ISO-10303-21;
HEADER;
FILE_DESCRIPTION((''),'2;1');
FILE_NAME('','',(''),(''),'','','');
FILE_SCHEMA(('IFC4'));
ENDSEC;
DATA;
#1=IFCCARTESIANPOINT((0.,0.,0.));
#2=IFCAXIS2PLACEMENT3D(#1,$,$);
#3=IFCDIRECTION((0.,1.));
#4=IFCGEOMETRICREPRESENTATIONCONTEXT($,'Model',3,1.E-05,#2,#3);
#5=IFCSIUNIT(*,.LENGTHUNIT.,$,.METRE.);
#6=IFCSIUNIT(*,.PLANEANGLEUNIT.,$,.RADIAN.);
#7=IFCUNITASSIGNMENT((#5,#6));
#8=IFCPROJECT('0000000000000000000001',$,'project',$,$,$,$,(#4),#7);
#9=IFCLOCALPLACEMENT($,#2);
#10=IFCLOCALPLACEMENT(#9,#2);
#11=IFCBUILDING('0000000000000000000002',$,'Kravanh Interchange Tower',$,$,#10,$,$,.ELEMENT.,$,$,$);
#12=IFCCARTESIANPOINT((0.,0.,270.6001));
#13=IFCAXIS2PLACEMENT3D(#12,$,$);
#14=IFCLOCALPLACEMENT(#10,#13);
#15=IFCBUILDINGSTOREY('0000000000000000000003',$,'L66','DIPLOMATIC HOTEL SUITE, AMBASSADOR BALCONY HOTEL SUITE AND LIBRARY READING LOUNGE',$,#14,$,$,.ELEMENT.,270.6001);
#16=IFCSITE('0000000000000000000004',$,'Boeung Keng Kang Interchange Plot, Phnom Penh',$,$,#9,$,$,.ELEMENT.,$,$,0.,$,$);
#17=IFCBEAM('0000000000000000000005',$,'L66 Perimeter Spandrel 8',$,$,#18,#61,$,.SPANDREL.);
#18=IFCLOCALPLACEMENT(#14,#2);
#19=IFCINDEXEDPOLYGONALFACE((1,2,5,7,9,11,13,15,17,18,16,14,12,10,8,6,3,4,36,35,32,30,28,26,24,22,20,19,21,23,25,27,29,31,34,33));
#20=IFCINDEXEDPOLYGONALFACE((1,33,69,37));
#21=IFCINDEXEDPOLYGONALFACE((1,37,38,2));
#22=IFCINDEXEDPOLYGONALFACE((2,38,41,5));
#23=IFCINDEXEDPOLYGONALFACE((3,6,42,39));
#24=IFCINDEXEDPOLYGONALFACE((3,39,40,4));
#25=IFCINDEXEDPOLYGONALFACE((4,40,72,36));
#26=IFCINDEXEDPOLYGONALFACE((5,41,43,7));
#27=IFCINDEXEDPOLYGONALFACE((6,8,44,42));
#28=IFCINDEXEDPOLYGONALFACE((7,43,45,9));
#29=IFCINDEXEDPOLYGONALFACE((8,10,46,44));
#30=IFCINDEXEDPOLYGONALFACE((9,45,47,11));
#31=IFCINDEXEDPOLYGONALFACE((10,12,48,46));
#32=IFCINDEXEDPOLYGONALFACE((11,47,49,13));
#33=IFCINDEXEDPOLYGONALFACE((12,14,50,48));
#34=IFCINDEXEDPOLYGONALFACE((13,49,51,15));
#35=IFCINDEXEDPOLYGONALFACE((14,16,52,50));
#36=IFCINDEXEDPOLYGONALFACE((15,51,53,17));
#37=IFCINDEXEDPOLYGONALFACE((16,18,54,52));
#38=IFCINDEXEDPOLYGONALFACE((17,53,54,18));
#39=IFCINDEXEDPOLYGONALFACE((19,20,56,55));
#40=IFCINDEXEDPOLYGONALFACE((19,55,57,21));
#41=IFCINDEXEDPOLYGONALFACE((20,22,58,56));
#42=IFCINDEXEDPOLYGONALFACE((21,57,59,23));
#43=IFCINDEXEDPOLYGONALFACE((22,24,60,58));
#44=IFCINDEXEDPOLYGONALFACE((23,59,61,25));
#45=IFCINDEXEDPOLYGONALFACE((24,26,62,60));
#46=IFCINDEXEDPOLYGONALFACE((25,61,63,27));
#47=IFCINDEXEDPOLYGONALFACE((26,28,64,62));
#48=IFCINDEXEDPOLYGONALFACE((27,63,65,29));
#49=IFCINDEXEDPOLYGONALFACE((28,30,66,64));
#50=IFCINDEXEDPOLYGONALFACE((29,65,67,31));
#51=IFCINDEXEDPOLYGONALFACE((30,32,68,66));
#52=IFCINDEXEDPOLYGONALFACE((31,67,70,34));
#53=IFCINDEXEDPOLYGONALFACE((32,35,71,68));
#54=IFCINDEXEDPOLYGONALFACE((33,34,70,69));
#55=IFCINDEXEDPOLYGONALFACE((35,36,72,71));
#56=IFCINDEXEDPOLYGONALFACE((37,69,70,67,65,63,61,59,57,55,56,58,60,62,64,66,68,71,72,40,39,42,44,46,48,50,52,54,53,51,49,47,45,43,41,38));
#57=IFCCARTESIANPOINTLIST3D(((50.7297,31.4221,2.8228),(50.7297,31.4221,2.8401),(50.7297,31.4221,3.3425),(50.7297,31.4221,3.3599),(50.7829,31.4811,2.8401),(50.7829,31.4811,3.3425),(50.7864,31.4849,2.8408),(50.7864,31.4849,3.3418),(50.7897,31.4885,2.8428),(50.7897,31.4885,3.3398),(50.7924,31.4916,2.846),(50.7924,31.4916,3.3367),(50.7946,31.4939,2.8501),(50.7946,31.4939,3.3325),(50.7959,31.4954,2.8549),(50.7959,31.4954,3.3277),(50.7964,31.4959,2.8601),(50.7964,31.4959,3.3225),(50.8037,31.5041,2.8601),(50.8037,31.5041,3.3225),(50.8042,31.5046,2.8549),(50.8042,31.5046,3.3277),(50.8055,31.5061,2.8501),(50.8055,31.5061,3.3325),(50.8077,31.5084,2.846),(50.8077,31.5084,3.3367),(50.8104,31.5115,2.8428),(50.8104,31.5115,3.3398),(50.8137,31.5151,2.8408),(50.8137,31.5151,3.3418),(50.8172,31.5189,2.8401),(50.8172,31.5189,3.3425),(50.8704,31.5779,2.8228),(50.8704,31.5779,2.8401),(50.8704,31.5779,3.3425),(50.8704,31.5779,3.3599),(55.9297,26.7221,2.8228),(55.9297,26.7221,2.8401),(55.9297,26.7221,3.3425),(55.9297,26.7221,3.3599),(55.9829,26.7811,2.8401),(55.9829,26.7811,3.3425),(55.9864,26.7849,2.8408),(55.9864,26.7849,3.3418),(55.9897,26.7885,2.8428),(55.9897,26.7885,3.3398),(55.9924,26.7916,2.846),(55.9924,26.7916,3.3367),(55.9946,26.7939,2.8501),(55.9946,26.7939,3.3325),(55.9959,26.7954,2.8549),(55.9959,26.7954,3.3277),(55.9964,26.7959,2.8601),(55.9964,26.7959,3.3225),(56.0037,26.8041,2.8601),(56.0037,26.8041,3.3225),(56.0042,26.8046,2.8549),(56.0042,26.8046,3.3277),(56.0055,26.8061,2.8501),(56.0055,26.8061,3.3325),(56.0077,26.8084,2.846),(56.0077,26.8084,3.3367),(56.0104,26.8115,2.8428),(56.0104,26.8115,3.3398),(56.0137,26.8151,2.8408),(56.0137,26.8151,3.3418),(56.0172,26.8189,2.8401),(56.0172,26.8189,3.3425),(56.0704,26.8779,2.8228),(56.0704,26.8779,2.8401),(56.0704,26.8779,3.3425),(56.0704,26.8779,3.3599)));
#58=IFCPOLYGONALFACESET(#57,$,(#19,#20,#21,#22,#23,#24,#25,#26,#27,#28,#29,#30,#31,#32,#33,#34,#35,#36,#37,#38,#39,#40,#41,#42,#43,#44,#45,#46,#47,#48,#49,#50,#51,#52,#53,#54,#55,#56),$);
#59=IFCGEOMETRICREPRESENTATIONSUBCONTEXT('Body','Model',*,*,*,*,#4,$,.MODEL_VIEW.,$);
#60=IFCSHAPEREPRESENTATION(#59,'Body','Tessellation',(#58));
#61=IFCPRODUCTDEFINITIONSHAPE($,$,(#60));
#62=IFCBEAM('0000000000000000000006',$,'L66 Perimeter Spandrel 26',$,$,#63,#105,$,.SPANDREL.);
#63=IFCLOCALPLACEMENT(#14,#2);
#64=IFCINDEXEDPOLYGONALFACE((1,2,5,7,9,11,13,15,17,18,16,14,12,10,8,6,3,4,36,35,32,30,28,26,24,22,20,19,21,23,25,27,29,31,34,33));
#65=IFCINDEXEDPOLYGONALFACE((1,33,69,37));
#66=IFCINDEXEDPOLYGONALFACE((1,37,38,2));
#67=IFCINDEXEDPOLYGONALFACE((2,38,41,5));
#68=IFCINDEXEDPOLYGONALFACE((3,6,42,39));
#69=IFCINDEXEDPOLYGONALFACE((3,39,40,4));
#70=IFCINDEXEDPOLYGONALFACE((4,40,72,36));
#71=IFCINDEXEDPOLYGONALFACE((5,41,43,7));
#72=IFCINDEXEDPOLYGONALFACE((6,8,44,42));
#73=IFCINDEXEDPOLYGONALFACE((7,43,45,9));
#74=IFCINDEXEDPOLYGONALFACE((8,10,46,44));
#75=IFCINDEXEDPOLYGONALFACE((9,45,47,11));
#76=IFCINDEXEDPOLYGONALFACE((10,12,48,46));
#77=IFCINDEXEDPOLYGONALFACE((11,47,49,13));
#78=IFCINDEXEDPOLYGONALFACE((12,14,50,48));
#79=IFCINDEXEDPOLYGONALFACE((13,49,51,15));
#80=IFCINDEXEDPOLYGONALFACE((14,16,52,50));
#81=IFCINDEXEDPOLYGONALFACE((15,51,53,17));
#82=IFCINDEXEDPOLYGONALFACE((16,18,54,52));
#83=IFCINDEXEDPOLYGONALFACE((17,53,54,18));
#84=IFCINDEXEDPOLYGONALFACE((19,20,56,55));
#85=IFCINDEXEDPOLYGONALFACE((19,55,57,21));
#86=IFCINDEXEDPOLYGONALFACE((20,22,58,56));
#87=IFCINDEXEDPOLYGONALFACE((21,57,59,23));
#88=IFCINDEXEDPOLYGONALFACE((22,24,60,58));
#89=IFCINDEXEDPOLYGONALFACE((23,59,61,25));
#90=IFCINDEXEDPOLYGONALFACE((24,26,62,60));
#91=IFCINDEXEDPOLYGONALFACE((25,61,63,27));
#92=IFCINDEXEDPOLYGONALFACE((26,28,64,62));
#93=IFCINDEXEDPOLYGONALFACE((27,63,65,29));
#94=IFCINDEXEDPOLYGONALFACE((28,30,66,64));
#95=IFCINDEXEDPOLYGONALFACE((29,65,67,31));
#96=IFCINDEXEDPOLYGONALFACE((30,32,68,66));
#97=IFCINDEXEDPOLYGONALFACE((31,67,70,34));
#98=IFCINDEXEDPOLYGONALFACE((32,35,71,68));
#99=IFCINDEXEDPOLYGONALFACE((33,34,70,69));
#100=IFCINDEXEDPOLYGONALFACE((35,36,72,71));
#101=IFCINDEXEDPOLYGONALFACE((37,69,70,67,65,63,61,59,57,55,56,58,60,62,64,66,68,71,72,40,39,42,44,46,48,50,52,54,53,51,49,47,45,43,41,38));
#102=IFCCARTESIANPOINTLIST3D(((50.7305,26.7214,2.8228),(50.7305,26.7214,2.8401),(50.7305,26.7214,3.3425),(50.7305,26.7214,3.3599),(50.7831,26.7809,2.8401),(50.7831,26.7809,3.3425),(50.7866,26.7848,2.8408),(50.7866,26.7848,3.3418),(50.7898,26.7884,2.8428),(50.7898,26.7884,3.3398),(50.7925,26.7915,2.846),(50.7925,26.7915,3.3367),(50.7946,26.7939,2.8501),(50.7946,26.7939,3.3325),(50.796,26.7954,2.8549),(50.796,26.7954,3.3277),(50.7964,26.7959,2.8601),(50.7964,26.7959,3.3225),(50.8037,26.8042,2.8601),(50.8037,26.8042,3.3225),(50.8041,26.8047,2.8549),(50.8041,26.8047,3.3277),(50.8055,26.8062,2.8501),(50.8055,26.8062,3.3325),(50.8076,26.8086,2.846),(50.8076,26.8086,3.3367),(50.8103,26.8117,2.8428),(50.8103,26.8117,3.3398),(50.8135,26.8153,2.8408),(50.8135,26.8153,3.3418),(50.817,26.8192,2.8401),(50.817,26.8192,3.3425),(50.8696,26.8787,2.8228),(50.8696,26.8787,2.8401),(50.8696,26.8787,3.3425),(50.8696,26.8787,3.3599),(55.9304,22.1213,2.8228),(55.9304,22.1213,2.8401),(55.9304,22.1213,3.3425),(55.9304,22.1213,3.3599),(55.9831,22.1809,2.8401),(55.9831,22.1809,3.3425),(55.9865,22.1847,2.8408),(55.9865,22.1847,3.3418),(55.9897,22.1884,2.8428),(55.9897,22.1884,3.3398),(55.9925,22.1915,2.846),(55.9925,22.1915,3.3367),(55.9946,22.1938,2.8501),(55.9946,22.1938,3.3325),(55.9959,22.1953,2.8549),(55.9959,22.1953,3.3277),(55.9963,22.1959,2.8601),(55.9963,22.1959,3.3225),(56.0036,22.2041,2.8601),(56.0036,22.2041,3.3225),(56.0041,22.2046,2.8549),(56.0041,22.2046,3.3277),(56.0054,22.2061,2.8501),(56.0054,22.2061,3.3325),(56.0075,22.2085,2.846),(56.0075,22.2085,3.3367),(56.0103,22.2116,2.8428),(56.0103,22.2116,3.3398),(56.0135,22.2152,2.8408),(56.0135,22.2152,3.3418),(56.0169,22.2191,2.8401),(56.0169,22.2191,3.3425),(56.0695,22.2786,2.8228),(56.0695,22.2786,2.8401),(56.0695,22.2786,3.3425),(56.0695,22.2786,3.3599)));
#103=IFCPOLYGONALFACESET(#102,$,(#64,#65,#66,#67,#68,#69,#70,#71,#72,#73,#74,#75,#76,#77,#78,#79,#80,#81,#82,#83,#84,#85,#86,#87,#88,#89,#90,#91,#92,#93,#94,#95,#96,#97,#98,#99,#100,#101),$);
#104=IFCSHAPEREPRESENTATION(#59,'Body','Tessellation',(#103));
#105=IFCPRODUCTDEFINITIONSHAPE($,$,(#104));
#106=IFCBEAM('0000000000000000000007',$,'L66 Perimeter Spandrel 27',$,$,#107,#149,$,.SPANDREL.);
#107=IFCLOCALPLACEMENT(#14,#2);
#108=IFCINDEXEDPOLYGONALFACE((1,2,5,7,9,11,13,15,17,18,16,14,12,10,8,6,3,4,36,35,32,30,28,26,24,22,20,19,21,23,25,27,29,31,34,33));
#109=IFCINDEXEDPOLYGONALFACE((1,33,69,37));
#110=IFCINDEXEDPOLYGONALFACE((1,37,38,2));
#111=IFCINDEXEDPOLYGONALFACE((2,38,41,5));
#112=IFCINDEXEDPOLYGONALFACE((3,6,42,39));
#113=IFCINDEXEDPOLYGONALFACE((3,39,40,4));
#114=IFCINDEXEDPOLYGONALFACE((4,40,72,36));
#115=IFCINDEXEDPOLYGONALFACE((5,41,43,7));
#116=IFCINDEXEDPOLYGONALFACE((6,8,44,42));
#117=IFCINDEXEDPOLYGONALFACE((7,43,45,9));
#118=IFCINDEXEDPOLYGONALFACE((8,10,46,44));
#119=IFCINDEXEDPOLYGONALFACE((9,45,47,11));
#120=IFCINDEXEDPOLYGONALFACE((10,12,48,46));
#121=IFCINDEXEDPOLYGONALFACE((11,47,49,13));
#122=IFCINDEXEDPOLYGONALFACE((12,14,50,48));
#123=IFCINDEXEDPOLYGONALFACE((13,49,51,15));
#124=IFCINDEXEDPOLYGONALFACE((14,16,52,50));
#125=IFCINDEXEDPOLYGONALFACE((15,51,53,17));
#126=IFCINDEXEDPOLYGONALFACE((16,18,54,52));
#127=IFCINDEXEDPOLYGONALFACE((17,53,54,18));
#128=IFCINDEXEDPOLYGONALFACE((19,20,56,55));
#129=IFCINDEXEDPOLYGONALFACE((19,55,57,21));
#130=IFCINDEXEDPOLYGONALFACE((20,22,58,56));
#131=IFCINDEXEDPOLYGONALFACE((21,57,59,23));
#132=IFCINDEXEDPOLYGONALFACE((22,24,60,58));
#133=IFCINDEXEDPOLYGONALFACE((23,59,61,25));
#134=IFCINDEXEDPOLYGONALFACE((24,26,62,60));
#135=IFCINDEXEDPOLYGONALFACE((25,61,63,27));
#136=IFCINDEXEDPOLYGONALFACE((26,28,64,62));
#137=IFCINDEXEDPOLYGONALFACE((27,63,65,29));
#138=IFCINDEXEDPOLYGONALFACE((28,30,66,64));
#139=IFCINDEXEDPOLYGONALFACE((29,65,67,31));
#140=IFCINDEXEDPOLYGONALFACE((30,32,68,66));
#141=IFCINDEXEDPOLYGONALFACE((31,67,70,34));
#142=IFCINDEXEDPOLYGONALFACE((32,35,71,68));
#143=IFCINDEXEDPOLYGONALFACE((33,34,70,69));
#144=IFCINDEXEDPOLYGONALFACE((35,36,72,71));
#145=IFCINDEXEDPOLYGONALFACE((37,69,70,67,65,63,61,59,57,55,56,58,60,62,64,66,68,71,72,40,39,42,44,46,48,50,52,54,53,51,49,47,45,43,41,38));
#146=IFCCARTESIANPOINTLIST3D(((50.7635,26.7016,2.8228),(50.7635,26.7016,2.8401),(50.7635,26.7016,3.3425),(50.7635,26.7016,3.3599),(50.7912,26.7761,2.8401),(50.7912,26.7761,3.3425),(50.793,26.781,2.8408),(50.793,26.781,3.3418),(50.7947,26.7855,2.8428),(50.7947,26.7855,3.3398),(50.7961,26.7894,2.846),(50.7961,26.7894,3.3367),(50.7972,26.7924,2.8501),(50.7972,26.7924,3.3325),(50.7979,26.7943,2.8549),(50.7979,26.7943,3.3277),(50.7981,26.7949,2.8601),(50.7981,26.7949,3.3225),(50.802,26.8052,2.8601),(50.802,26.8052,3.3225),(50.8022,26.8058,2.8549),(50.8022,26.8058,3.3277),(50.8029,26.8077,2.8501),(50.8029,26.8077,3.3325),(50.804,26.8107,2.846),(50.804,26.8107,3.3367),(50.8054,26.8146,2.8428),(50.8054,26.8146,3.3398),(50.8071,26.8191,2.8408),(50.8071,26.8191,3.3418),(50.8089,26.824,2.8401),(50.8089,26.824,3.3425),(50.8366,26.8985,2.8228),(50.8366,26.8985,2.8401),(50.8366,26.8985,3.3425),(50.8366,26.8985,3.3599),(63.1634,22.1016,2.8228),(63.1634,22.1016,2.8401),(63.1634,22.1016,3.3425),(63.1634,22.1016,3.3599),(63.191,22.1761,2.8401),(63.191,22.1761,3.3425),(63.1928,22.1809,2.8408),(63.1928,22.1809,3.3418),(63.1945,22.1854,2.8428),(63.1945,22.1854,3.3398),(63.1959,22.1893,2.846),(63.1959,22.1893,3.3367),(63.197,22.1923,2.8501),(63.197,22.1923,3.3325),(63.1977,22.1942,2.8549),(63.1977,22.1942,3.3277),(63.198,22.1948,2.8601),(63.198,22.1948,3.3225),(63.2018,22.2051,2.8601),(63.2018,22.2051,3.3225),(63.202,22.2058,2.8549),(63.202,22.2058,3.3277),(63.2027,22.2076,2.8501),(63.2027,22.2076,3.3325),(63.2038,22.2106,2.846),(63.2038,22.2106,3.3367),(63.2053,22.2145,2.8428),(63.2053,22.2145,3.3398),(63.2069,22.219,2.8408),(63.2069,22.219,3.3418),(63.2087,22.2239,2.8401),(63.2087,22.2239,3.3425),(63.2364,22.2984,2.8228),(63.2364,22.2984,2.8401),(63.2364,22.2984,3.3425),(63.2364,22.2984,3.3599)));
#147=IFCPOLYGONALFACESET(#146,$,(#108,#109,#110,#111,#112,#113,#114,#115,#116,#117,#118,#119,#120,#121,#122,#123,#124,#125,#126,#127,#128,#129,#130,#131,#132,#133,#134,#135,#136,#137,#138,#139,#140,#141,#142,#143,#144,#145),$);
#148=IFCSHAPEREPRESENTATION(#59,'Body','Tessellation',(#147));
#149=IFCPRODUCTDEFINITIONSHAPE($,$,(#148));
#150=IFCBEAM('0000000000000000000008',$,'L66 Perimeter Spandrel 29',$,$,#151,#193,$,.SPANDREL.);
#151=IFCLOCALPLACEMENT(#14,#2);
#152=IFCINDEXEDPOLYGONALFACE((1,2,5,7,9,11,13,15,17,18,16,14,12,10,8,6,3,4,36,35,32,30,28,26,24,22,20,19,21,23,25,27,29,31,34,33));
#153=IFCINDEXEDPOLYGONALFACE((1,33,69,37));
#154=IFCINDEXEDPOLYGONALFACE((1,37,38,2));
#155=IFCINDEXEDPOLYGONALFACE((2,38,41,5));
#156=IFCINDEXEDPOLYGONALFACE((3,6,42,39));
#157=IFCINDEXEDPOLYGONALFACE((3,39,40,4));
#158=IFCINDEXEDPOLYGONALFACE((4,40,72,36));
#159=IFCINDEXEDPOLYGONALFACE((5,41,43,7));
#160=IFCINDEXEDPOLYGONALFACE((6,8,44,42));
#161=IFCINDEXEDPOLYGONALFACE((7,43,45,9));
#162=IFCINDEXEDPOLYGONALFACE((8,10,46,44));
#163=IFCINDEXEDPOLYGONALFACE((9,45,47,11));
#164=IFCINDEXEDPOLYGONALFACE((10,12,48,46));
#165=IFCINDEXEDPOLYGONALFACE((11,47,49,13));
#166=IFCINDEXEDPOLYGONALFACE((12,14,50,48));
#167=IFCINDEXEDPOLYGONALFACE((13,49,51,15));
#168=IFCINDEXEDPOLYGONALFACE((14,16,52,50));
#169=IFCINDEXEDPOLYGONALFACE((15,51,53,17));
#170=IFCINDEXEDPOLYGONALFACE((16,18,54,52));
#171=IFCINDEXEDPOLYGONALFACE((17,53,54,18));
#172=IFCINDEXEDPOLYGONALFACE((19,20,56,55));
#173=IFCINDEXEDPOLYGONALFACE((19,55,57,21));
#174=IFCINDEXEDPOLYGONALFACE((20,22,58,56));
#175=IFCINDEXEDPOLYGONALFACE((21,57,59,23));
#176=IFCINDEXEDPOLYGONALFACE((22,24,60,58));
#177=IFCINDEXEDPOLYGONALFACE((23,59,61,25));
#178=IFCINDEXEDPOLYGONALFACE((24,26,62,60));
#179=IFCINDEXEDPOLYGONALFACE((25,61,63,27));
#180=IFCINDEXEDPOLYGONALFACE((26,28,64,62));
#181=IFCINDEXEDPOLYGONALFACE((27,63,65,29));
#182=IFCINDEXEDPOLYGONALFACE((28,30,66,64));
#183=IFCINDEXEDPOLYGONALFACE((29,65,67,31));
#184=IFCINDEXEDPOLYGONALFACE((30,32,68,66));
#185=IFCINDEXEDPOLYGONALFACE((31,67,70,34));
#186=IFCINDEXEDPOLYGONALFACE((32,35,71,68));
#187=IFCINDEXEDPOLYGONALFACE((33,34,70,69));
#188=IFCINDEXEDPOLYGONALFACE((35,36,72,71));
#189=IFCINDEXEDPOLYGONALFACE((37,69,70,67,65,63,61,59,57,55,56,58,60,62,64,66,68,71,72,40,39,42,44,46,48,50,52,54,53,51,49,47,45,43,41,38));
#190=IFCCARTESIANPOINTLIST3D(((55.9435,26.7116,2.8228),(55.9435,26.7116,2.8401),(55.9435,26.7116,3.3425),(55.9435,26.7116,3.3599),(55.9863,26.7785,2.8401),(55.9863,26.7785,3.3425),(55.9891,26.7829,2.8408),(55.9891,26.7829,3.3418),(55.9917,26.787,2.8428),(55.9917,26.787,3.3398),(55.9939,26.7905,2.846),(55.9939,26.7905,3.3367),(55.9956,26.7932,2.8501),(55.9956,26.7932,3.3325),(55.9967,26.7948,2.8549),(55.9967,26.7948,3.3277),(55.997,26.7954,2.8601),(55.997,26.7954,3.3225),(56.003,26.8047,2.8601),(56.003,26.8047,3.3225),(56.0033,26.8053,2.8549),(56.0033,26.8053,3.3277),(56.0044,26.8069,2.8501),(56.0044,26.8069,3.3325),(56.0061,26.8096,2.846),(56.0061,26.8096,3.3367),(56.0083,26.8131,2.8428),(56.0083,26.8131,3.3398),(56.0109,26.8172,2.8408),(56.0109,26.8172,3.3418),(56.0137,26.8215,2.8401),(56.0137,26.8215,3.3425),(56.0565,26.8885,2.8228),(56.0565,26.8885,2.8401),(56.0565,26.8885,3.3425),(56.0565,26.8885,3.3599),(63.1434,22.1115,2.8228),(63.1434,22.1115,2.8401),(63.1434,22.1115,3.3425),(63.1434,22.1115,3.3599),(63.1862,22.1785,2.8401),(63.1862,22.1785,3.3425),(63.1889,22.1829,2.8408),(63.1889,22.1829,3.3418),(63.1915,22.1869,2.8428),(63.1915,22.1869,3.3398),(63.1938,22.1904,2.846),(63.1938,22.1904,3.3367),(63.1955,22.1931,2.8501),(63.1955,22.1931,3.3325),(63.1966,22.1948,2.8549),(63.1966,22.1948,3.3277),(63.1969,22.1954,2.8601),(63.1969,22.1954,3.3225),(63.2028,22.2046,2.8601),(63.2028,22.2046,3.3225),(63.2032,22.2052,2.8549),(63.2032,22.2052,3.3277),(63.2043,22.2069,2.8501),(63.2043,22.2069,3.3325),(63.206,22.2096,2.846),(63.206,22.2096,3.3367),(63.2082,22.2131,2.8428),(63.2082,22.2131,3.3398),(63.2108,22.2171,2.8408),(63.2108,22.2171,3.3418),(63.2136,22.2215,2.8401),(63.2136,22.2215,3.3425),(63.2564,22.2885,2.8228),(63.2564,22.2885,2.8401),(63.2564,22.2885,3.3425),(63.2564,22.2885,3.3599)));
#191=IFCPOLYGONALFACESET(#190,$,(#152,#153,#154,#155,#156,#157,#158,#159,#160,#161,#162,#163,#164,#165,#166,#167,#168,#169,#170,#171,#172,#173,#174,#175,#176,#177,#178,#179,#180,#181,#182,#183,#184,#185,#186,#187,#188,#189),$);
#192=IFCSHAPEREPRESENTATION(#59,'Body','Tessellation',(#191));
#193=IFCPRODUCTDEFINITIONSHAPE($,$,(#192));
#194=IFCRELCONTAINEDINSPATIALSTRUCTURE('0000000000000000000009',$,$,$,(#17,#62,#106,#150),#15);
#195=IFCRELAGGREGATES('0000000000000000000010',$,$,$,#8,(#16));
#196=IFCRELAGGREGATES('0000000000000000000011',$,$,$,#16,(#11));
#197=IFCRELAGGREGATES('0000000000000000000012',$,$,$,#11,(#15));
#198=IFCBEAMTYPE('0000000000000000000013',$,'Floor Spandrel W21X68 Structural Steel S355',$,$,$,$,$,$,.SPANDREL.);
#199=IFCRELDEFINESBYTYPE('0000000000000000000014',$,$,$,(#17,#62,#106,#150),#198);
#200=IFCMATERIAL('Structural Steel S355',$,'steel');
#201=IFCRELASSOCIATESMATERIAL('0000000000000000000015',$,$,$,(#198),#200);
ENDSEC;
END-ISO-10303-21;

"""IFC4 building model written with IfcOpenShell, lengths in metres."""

from ifc_helpers import new_model, si_unit, direction, frame, origin, origin_2d, place, context, subcontext, project, spatial, i_section, extrude, material, material_profile, profile_set, type_object, element, save


model = new_model("IFC4")

# Units and contexts
model_context = context("Model", 3, precision=1e-05, world=origin(), true_north=direction((0.0, 1.0)))
body_context = subcontext(model_context, "Body", "Model", "MODEL_VIEW")
ifc_project = project(units=[si_unit("LENGTHUNIT", "METRE"), si_unit("PLANEANGLEUNIT", "RADIAN")], contexts=[model_context])

# Site, building, storey
site_placement = place(None, origin())
site = spatial("IfcSite", under=ifc_project, at=site_placement, Name="Boeung Keng Kang Interchange Plot, Phnom Penh", CompositionType="ELEMENT", RefElevation=0.0)
building_placement = place(site_placement, origin())
building = spatial("IfcBuilding", under=site, at=building_placement, Name="Kravanh Interchange Tower", CompositionType="ELEMENT")
storey_placement = place(building_placement, frame((0.0, 0.0, 270.6001)))
storey = spatial("IfcBuildingStorey", under=building, at=storey_placement, Name="L66", Description="DIPLOMATIC HOTEL SUITE, AMBASSADOR BALCONY HOTEL SUITE AND LIBRARY READING LOUNGE", CompositionType="ELEMENT", Elevation=270.6001)

# Beams
ifc_material_1 = material(Name="Structural Steel S355", Category="steel")
ifc_material_profile_1 = material_profile(ifc_material_1, i_section(OverallWidth=0.21, OverallDepth=0.5371, WebThickness=0.011, FlangeThickness=0.0173, FilletRadius=0.02, at=origin_2d()), Name="W21X68")
ifc_profile_set_1 = profile_set([ifc_material_profile_1], Name="Structural Steel S355")
beam_type_1 = type_object("IfcBeamType", Name="Floor Spandrel W21X68 Structural Steel S355", PredefinedType="SPANDREL", material=ifc_profile_set_1)
beam_1_placement = place(storey_placement, frame((50.8, 31.5, 3.0913), z_axis=(0.741874, -0.670539, 0.0), x_axis=(0.670539, 0.741874, 0.0)))
element("IfcBeam", 1, at=beam_1_placement, inside=storey, type_object=beam_type_1, Name="L66 Perimeter Spandrel 8", PredefinedType="SPANDREL", context=body_context, shape_type="SweptSolid", body=[
    extrude(i_section(OverallWidth=0.21, OverallDepth=0.5371, WebThickness=0.011, FlangeThickness=0.0173, FilletRadius=0.02, at=origin_2d()), origin(), (0.0, 0.0, 1.0), 7.0093),
])
beam_2_placement = place(storey_placement, frame((50.8, 26.8, 3.0913), z_axis=(0.748986, -0.662585, 0.0), x_axis=(0.662585, 0.748986, 0.0)))
element("IfcBeam", 2, at=beam_2_placement, inside=storey, type_object=beam_type_1, Name="L66 Perimeter Spandrel 26", PredefinedType="SPANDREL", context=body_context, shape_type="SweptSolid", body=[
    extrude(i_section(OverallWidth=0.21, OverallDepth=0.5371, WebThickness=0.011, FlangeThickness=0.0173, FilletRadius=0.02, at=origin_2d()), origin(), (0.0, 0.0, 1.0), 6.9426),
])
beam_3_placement = place(storey_placement, frame((50.8, 26.8, 3.0913), z_axis=(0.937563, -0.347816, 0.0), x_axis=(0.347816, 0.937563, 0.0)))
element("IfcBeam", 3, at=beam_3_placement, inside=storey, type_object=beam_type_1, Name="L66 Perimeter Spandrel 27", PredefinedType="SPANDREL", context=body_context, shape_type="SweptSolid", body=[
    extrude(i_section(OverallWidth=0.21, OverallDepth=0.5371, WebThickness=0.011, FlangeThickness=0.0173, FilletRadius=0.02, at=origin_2d()), origin(), (0.0, 0.0, 1.0), 13.2256),
])
beam_4_placement = place(storey_placement, frame((56.0, 26.8, 3.0913), z_axis=(0.842689, -0.5384, 0.0), x_axis=(0.5384, 0.842689, 0.0)))
element("IfcBeam", 4, at=beam_4_placement, inside=storey, type_object=beam_type_1, Name="L66 Perimeter Spandrel 29", PredefinedType="SPANDREL", context=body_context, shape_type="SweptSolid", body=[
    extrude(i_section(OverallWidth=0.21, OverallDepth=0.5371, WebThickness=0.011, FlangeThickness=0.0173, FilletRadius=0.02, at=origin_2d()), origin(), (0.0, 0.0, 1.0), 8.5439),
])

save(model, "model.ifc")
